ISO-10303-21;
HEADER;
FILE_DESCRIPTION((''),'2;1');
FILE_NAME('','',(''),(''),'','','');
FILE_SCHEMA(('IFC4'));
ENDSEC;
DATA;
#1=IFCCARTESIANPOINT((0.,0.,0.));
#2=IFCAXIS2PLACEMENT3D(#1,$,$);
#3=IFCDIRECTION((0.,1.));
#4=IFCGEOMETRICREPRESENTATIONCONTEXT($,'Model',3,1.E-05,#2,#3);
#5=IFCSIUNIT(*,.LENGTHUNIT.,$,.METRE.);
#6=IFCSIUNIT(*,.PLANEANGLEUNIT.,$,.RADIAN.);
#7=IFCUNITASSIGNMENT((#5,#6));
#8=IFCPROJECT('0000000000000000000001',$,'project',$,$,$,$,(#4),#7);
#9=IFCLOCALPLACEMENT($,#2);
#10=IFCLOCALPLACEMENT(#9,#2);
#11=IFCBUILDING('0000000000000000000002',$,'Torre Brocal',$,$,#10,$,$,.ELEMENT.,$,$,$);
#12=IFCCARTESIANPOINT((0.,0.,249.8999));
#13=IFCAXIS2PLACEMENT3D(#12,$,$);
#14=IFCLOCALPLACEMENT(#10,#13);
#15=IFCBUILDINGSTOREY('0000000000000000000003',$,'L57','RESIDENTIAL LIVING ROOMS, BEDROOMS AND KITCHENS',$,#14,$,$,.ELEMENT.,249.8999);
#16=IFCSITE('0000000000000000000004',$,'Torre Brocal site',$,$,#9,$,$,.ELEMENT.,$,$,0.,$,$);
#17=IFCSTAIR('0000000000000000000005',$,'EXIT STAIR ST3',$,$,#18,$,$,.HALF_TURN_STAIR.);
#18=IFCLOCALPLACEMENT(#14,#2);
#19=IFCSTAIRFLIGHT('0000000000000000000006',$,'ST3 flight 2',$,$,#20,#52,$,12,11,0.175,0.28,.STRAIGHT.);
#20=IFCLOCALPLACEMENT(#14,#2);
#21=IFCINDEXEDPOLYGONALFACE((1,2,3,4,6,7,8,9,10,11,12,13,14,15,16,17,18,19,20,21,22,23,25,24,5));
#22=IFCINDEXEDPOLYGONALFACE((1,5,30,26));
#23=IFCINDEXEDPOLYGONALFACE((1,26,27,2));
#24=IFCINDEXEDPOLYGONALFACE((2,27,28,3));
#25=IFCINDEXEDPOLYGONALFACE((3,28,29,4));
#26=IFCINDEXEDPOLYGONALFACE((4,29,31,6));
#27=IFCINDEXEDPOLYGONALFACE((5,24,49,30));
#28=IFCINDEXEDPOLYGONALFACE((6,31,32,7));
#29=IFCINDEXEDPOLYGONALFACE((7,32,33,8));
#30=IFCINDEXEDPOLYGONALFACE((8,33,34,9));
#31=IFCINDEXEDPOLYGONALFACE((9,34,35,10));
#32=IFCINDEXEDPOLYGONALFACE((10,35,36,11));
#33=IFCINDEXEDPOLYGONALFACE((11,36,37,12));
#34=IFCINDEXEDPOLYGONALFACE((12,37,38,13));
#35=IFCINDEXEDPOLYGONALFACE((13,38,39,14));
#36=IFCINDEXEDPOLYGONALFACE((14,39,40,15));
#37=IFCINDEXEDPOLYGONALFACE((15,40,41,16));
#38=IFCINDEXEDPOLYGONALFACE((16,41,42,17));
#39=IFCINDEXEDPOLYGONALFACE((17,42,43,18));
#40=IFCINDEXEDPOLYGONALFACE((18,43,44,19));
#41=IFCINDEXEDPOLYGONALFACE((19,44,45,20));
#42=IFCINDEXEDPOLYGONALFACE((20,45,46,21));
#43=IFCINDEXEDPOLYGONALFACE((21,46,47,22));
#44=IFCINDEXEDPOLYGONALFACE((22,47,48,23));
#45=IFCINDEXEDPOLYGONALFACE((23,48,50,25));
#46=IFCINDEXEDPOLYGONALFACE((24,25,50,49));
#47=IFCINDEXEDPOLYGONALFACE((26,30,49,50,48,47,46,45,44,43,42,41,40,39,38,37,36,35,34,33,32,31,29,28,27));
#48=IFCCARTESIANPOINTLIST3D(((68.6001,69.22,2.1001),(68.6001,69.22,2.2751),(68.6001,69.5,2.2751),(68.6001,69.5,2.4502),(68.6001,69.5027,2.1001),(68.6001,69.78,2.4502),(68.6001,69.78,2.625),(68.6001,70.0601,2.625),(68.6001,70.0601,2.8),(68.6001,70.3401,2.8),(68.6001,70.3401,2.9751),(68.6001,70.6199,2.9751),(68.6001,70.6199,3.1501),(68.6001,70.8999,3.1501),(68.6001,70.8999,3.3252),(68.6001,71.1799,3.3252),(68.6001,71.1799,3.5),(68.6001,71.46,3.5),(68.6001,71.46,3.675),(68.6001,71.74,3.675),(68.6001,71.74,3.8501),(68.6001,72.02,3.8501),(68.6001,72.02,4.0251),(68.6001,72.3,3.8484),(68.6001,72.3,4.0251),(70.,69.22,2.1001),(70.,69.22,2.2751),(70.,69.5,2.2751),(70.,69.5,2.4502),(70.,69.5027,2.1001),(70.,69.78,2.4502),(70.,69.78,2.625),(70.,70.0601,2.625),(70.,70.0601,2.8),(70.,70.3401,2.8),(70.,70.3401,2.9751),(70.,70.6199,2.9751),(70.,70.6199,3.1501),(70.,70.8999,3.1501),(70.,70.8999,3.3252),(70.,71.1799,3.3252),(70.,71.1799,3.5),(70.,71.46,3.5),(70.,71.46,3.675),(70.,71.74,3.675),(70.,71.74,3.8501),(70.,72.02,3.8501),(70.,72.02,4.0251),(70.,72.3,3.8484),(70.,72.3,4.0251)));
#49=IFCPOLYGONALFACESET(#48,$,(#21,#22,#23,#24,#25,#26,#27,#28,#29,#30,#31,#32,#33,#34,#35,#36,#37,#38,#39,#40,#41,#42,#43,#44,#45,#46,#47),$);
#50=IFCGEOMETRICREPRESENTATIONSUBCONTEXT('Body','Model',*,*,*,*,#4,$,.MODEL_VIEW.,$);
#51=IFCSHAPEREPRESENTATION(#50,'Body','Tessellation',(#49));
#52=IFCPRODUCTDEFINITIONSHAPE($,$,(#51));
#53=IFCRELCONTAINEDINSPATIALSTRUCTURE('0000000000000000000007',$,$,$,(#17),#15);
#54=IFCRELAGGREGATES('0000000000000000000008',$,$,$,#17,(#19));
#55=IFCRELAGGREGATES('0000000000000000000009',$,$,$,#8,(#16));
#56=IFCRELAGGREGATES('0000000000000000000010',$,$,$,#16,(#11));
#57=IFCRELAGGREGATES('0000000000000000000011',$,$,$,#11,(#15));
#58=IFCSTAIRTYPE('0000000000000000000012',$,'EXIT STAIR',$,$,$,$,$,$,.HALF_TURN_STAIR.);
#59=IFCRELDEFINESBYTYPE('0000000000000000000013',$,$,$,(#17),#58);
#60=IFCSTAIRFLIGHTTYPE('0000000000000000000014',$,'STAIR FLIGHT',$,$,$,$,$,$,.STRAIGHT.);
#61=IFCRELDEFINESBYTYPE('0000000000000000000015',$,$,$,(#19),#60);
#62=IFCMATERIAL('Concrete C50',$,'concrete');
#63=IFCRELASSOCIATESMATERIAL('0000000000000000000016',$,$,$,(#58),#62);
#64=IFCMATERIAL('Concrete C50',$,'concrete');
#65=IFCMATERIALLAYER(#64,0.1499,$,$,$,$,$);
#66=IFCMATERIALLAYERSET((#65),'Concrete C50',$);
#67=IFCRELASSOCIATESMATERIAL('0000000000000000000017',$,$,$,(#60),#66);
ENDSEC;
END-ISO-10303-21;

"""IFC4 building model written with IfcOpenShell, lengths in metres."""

from ifc_helpers import new_model, si_unit, direction, frame, origin, place, context, subcontext, project, spatial, polyline, outline, extrude, material, layer, layer_set, type_object, element, aggregate, save


model = new_model("IFC4")

# Units and contexts
model_context = context("Model", 3, precision=1e-05, world=origin(), true_north=direction((0.0, 1.0)))
body_context = subcontext(model_context, "Body", "Model", "MODEL_VIEW")
ifc_project = project(units=[si_unit("LENGTHUNIT", "METRE"), si_unit("PLANEANGLEUNIT", "RADIAN")], contexts=[model_context])

# Site, building, storey
site_placement = place(None, origin())
site = spatial("IfcSite", under=ifc_project, at=site_placement, Name="Torre Brocal site", CompositionType="ELEMENT", RefElevation=0.0)
building_placement = place(site_placement, origin())
building = spatial("IfcBuilding", under=site, at=building_placement, Name="Torre Brocal", CompositionType="ELEMENT")
storey_placement = place(building_placement, frame((0.0, 0.0, 249.8999)))
storey = spatial("IfcBuildingStorey", under=building, at=storey_placement, Name="L57", Description="RESIDENTIAL LIVING ROOMS, BEDROOMS AND KITCHENS", CompositionType="ELEMENT", Elevation=249.8999)

# Stair, stair flight
ifc_material_1 = material(Name="Concrete C50", Category="concrete")
stair_type = type_object("IfcStairType", Name="EXIT STAIR", PredefinedType="HALF_TURN_STAIR", material=ifc_material_1)
stair_placement = place(storey_placement, origin())
stair = element("IfcStair", 1, at=stair_placement, inside=storey, type_object=stair_type, Name="EXIT STAIR ST3", PredefinedType="HALF_TURN_STAIR")
ifc_material_2 = material(Name="Concrete C50", Category="concrete")
ifc_layer_1 = layer(ifc_material_2, 0.1499)
ifc_layer_set_1 = layer_set([ifc_layer_1], Name="Concrete C50")
stair_flight_type = type_object("IfcStairFlightType", Name="STAIR FLIGHT", PredefinedType="STRAIGHT", material=ifc_layer_set_1)
stair_flight_1_placement = place(storey_placement, frame((69.3, 69.22, 2.1001), z_axis=(0.0, 0.0, 1.0), x_axis=(0.0, 1.0, 0.0)))
stair_flight_1 = element("IfcStairFlight", 2, at=stair_flight_1_placement, type_object=stair_flight_type, Name="ST3 flight 2", NumberOfRisers=12, NumberOfTreads=11, PredefinedType="STRAIGHT", RiserHeight=0.175, TreadLength=0.28, context=body_context, shape_type="SweptSolid", body=[
    extrude(outline(polyline([(0.0, 0.0), (0.0, 0.175), (0.28, 0.175), (0.28, 0.3501), (0.5601, 0.3501), (0.5601, 0.5249), (0.8401, 0.5249), (0.8401, 0.7), (1.1201, 0.7), (1.1201, 0.875), (1.3999, 0.875), (1.3999, 1.05), (1.6799, 1.05), (1.6799, 1.2251), (1.96, 1.2251), (1.96, 1.3999), (2.24, 1.3999), (2.24, 1.575), (2.52, 1.575), (2.52, 1.75), (2.8, 1.75), (2.8, 1.925), (3.0801, 1.925), (3.0801, 2.1001), (3.0801, 1.7483), (0.2827, 0.0), (0.0, 0.0)])), frame((0.0, 0.7, 0.0), z_axis=(0.0, -1.0, 0.0), x_axis=(1.0, 0.0, 0.0)), (0.0, 0.0, 1.0), 1.3999),
])
aggregate(stair, [stair_flight_1])

save(model, "model.ifc")
